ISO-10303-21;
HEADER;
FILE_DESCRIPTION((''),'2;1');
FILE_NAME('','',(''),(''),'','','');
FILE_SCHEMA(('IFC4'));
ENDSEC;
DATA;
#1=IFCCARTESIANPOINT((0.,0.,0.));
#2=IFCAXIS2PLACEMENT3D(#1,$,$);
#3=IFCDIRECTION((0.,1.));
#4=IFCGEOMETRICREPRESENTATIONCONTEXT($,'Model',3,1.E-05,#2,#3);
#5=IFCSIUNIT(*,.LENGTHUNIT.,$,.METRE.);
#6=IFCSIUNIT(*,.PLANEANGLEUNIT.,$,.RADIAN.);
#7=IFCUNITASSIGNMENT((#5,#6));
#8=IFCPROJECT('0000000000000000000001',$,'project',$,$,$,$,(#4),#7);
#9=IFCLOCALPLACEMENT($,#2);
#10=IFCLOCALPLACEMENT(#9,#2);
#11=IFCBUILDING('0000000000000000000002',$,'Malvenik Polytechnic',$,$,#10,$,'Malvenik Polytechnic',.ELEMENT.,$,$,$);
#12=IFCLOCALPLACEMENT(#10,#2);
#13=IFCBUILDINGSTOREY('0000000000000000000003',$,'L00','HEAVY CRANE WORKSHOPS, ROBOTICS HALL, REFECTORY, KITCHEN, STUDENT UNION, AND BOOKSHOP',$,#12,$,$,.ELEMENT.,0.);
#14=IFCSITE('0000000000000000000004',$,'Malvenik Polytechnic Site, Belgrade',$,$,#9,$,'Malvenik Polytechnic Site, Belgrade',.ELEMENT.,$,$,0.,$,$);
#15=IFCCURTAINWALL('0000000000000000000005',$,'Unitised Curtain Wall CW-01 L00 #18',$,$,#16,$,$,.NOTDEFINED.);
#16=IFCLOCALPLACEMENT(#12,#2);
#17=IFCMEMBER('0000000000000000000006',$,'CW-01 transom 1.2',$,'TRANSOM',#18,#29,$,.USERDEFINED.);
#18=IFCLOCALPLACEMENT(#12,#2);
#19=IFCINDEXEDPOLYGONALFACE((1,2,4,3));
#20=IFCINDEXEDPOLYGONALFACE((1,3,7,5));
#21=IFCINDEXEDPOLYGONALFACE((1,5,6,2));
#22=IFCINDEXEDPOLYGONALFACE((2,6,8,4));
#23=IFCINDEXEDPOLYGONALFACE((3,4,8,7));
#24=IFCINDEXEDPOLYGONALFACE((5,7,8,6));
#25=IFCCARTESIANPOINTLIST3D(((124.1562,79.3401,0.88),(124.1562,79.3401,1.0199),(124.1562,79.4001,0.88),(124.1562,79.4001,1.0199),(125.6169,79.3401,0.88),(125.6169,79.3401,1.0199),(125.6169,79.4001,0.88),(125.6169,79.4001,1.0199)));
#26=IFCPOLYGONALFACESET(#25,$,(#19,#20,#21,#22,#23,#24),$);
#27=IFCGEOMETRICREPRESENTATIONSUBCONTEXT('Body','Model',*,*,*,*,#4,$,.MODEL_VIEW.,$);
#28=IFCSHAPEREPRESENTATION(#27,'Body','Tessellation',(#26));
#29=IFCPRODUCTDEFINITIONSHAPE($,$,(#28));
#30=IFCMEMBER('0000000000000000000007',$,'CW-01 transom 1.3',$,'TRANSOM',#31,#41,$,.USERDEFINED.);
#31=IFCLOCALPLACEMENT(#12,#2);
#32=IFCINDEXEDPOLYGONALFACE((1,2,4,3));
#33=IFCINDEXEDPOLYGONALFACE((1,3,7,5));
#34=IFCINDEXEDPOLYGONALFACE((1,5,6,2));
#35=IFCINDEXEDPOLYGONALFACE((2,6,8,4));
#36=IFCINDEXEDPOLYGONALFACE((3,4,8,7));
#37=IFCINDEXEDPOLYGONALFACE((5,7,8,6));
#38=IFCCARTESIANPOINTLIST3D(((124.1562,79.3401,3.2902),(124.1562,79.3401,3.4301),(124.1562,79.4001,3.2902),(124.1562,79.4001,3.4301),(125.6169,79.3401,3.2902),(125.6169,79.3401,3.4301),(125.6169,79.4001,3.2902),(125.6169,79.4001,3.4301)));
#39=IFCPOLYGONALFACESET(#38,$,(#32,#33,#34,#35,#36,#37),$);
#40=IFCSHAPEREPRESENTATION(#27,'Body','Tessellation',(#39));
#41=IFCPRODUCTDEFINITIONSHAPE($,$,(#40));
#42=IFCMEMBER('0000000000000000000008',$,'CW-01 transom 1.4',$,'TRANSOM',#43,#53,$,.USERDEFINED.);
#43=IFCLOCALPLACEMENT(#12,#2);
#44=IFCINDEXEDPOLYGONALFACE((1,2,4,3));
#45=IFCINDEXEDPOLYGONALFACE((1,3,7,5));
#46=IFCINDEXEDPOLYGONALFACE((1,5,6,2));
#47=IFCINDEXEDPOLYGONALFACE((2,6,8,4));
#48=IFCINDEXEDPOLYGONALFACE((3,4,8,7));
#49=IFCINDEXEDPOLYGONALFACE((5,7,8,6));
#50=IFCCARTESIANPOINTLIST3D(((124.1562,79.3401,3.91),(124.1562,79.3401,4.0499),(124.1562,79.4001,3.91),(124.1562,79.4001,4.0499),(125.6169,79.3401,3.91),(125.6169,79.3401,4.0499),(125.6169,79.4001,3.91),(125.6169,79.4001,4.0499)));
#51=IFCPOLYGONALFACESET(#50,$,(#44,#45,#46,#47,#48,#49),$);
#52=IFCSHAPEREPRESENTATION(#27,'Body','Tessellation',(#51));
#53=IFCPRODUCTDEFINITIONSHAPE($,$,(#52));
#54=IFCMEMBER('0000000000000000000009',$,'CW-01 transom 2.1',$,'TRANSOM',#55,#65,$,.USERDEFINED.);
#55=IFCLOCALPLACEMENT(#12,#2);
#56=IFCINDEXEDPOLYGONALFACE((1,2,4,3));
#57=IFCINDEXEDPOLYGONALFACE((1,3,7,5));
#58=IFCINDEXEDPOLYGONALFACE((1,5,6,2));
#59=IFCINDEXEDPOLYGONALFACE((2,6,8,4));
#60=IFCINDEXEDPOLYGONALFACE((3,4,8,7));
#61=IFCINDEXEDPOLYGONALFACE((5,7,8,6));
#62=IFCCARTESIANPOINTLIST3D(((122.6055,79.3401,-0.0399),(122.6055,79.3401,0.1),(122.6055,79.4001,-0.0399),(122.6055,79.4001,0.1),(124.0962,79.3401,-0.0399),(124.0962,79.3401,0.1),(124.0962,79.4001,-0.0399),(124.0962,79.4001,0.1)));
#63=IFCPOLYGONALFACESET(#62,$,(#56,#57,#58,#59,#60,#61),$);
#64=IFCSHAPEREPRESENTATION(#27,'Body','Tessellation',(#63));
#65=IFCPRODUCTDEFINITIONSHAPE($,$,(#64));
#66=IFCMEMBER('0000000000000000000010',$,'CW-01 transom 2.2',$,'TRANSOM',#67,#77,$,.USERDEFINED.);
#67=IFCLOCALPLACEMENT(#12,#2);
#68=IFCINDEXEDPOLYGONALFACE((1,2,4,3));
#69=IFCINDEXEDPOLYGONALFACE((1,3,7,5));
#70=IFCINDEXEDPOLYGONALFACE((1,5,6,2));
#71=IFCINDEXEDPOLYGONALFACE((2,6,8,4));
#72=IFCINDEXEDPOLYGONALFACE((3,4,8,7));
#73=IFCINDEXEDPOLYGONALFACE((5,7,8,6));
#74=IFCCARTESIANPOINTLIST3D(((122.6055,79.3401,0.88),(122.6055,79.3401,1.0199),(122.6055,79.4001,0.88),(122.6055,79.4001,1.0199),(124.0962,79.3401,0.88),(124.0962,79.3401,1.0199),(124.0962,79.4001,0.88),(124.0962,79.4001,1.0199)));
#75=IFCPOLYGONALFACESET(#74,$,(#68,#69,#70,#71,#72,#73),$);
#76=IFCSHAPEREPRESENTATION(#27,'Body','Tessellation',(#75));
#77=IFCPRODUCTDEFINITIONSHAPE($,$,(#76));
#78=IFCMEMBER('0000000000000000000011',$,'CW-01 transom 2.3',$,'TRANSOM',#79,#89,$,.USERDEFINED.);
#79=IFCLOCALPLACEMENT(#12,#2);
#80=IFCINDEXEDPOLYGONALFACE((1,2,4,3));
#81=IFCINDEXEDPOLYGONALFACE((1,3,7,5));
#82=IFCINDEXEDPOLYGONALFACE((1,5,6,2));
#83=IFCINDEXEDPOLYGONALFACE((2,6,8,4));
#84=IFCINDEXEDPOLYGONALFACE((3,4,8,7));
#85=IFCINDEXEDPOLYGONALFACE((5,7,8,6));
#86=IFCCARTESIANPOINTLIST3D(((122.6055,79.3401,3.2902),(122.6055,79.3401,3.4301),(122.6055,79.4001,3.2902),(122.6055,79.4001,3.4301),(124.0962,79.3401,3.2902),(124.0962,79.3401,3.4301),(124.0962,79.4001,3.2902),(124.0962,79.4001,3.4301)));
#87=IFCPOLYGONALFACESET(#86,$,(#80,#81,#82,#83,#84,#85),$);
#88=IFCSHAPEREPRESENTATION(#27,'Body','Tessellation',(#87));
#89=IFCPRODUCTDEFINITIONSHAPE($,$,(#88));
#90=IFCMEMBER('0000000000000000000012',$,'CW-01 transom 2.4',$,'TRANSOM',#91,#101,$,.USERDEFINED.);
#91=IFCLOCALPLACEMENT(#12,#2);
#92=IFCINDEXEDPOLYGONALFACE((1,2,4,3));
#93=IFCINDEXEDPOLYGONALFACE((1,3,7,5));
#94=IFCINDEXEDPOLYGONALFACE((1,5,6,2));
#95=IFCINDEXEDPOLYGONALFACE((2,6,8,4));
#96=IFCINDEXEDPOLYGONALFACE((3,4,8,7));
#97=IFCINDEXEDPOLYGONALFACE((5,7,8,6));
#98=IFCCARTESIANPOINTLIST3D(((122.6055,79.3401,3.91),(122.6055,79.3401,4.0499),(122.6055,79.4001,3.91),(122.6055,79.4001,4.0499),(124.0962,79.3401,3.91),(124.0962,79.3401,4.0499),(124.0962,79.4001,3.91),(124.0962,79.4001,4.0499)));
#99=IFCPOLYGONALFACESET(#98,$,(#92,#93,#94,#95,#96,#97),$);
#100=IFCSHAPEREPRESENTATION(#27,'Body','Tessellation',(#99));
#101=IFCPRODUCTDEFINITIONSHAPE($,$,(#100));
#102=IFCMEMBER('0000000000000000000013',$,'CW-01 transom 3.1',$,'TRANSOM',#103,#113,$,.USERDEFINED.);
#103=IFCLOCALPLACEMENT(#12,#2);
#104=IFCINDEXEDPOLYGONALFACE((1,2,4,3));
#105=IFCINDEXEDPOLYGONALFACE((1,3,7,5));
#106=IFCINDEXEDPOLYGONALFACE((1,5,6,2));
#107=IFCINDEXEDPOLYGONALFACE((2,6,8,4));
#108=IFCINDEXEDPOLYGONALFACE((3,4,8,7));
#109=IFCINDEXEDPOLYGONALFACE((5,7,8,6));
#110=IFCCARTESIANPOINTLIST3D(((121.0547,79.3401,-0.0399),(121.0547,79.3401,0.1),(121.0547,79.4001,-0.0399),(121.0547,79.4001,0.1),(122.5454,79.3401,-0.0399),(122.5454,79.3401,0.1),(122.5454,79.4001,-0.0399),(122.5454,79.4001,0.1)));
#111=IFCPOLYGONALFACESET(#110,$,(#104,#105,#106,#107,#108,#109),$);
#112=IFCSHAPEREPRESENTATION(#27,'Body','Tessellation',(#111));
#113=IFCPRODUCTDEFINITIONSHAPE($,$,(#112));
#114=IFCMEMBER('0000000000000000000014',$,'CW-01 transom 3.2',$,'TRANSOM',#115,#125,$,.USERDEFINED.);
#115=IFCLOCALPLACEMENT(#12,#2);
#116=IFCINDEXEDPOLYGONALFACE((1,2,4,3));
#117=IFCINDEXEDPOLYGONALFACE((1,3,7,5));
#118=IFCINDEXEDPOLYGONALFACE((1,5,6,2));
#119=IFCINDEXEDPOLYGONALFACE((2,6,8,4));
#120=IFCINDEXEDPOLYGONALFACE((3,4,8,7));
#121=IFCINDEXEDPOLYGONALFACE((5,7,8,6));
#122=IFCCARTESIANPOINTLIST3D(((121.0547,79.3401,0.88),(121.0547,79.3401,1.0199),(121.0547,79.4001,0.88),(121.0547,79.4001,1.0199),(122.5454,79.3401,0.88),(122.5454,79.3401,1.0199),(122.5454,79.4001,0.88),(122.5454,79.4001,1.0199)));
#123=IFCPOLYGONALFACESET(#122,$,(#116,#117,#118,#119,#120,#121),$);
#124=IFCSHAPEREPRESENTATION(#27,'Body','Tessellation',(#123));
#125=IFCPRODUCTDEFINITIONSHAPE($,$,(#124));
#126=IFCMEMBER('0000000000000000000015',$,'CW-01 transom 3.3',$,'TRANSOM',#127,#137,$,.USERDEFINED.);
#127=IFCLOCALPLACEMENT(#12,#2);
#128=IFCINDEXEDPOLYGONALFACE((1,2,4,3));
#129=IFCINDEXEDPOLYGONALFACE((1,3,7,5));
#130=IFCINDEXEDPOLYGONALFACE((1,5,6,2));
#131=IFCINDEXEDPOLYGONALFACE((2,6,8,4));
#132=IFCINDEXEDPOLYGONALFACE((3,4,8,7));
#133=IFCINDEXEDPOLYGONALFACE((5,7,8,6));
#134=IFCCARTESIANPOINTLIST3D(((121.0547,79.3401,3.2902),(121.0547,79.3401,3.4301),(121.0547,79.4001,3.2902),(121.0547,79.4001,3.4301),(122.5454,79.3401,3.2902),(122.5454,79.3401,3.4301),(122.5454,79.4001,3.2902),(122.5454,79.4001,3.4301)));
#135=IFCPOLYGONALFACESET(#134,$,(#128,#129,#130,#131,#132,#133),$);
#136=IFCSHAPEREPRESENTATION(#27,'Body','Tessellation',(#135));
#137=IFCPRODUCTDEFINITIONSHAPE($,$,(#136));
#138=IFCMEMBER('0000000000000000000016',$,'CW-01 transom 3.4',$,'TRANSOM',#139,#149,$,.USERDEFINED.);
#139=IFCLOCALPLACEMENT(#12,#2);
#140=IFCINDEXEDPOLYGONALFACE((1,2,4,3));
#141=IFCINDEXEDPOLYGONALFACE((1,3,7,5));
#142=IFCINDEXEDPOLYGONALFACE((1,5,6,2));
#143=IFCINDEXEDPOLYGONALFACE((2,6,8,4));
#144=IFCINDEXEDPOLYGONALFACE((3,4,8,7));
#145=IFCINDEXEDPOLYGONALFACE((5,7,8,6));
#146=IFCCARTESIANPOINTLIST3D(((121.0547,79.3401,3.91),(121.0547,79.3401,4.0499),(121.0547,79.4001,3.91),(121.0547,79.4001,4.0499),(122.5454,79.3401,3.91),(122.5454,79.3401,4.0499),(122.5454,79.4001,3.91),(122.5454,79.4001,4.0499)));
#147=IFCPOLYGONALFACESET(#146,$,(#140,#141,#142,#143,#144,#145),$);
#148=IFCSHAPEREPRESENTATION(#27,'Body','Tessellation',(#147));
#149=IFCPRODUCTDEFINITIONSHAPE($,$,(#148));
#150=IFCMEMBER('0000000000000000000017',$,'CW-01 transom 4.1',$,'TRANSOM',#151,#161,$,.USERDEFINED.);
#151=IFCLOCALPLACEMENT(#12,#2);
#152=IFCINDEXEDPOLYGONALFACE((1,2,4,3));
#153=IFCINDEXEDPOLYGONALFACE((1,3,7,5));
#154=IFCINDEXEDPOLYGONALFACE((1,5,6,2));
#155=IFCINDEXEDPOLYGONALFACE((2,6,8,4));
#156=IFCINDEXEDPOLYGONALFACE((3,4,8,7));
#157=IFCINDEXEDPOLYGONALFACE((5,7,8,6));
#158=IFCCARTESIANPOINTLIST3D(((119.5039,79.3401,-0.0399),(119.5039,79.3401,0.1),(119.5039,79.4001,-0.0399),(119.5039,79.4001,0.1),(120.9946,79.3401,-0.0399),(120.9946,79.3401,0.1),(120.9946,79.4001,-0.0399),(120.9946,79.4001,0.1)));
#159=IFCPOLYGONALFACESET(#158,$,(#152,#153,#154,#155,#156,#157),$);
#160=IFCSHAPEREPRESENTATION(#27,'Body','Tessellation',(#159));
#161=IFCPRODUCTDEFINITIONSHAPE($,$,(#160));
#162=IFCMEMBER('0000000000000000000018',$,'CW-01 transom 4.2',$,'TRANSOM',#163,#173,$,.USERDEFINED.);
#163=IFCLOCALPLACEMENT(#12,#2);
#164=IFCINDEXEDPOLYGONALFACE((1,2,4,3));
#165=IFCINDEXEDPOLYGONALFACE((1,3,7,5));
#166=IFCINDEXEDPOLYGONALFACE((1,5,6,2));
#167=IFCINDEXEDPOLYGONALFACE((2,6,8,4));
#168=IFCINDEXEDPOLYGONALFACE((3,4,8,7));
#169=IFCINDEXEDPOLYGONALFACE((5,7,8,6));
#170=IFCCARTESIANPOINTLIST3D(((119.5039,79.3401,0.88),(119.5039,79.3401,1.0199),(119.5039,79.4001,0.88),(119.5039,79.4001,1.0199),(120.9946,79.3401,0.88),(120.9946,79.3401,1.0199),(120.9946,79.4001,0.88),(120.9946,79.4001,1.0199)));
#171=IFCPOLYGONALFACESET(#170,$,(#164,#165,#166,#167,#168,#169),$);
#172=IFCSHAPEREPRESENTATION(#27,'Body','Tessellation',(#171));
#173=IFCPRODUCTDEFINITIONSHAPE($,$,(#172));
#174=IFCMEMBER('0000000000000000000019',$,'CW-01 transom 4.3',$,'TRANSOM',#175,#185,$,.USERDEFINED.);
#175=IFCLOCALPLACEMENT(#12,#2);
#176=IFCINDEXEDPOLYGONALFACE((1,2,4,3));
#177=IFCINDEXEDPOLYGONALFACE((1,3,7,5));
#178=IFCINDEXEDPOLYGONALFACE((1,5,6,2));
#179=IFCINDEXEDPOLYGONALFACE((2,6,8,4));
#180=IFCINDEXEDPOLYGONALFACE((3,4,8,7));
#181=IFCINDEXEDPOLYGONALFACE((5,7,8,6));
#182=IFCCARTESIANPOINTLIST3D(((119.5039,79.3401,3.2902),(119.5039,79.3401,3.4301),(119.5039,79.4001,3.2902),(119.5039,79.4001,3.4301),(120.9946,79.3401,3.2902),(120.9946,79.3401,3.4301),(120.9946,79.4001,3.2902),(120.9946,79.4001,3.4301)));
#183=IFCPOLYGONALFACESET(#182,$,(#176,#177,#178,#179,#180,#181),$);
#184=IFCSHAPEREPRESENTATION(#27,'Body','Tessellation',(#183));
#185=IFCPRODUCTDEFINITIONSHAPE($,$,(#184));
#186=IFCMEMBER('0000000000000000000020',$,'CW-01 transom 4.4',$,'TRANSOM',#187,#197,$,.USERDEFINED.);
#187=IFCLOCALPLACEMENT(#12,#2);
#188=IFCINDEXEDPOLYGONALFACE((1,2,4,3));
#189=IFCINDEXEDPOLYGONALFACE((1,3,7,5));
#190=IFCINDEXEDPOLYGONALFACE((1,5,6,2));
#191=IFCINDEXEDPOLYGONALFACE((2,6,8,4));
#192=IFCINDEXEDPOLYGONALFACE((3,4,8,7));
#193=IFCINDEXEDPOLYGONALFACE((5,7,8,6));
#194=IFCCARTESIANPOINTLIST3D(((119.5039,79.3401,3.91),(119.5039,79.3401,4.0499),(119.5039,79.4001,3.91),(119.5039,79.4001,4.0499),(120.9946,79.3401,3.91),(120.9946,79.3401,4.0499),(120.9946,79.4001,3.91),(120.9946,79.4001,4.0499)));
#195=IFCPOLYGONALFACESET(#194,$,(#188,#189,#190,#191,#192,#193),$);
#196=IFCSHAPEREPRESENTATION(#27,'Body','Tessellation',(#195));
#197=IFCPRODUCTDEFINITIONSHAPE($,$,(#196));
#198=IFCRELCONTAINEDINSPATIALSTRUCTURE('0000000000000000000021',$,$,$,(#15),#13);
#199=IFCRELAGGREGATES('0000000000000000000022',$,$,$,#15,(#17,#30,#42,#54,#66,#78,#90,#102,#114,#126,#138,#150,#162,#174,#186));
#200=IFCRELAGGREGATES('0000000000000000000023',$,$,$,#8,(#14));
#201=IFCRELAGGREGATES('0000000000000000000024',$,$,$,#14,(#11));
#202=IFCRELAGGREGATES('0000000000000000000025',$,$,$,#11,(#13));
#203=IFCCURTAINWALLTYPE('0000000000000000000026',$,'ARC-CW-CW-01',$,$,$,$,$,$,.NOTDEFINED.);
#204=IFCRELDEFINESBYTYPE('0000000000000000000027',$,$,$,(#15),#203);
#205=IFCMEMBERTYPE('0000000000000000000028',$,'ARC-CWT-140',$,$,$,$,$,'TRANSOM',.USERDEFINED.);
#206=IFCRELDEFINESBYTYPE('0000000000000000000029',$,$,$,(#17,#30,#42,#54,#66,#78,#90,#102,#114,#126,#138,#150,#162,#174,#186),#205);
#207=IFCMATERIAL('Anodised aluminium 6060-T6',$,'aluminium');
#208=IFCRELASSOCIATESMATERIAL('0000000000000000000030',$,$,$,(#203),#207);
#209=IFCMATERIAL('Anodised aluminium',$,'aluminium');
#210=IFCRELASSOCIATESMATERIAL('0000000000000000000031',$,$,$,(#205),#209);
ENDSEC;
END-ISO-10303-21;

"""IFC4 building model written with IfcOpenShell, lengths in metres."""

from ifc_helpers import new_model, si_unit, direction, frame, origin, origin_2d, place, context, subcontext, project, spatial, rectangle, extrude, material, material_profile, profile_set, type_object, element, aggregate, save


model = new_model("IFC4")

# Units and contexts
model_context = context("Model", 3, precision=1e-05, world=origin(), true_north=direction((0.0, 1.0)))
body_context = subcontext(model_context, "Body", "Model", "MODEL_VIEW")
ifc_project = project(units=[si_unit("LENGTHUNIT", "METRE"), si_unit("PLANEANGLEUNIT", "RADIAN")], contexts=[model_context])

# Site, building, storey
site_placement = place(None, origin())
site = spatial("IfcSite", under=ifc_project, at=site_placement, Name="Malvenik Polytechnic Site, Belgrade", LongName="Malvenik Polytechnic Site, Belgrade", CompositionType="ELEMENT", RefElevation=0.0)
building_placement = place(site_placement, origin())
building = spatial("IfcBuilding", under=site, at=building_placement, Name="Malvenik Polytechnic", LongName="Malvenik Polytechnic", CompositionType="ELEMENT")
storey_placement = place(building_placement, origin())
storey = spatial("IfcBuildingStorey", under=building, at=storey_placement, Name="L00", Description="HEAVY CRANE WORKSHOPS, ROBOTICS HALL, REFECTORY, KITCHEN, STUDENT UNION, AND BOOKSHOP", CompositionType="ELEMENT", Elevation=0.0)

# Curtain wall, members
ifc_material_1 = material(Name="Anodised aluminium 6060-T6", Category="aluminium")
curtain_wall_type = type_object("IfcCurtainWallType", Name="ARC-CW-CW-01", PredefinedType="NOTDEFINED", material=ifc_material_1)
curtain_wall_placement = place(storey_placement, origin())
curtain_wall = element("IfcCurtainWall", 1, at=curtain_wall_placement, inside=storey, type_object=curtain_wall_type, Name="Unitised Curtain Wall CW-01 L00 #18", PredefinedType="NOTDEFINED")
ifc_material_2 = material(Name="Anodised aluminium", Category="aluminium")
ifc_material_profile_1 = material_profile(ifc_material_2, rectangle(XDim=0.0601, YDim=0.1399, at=origin_2d()), Name="ALU TRANSOM 60x140")
ifc_profile_set_1 = profile_set([ifc_material_profile_1], Name="Anodised aluminium")
member_type_1 = type_object("IfcMemberType", Name="ARC-CWT-140", ElementType="TRANSOM", PredefinedType="USERDEFINED", material=ifc_profile_set_1)
member_1_placement = place(storey_placement, frame((125.6169, 79.3701, 0.95), z_axis=(-1.0, 0.0, 0.0), x_axis=(0.0, -1.0, 0.0)))
member_1 = element("IfcMember", 2, at=member_1_placement, type_object=member_type_1, Name="CW-01 transom 1.2", ObjectType="TRANSOM", PredefinedType="USERDEFINED", context=body_context, shape_type="SweptSolid", body=[
    extrude(rectangle(XDim=0.0601, YDim=0.1399, at=origin_2d()), origin(), (0.0, 0.0, 1.0), 1.4607),
])
member_2_placement = place(storey_placement, frame((125.6169, 79.3701, 3.3601), z_axis=(-1.0, 0.0, 0.0), x_axis=(0.0, -1.0, 0.0)))
member_2 = element("IfcMember", 3, at=member_2_placement, type_object=member_type_1, Name="CW-01 transom 1.3", ObjectType="TRANSOM", PredefinedType="USERDEFINED", context=body_context, shape_type="SweptSolid", body=[
    extrude(rectangle(XDim=0.0601, YDim=0.1399, at=origin_2d()), origin(), (0.0, 0.0, 1.0), 1.4607),
])
member_3_placement = place(storey_placement, frame((125.6169, 79.3701, 3.98), z_axis=(-1.0, 0.0, 0.0), x_axis=(0.0, -1.0, 0.0)))
member_3 = element("IfcMember", 4, at=member_3_placement, type_object=member_type_1, Name="CW-01 transom 1.4", ObjectType="TRANSOM", PredefinedType="USERDEFINED", context=body_context, shape_type="SweptSolid", body=[
    extrude(rectangle(XDim=0.0601, YDim=0.1399, at=origin_2d()), origin(), (0.0, 0.0, 1.0), 1.4607),
])
member_4_placement = place(storey_placement, frame((124.0962, 79.3701, 0.03), z_axis=(-1.0, 0.0, 0.0), x_axis=(0.0, -1.0, 0.0)))
member_4 = element("IfcMember", 5, at=member_4_placement, type_object=member_type_1, Name="CW-01 transom 2.1", ObjectType="TRANSOM", PredefinedType="USERDEFINED", context=body_context, shape_type="SweptSolid", body=[
    extrude(rectangle(XDim=0.0601, YDim=0.1399, at=origin_2d()), origin(), (0.0, 0.0, 1.0), 1.4907),
])
member_5_placement = place(storey_placement, frame((124.0962, 79.3701, 0.95), z_axis=(-1.0, 0.0, 0.0), x_axis=(0.0, -1.0, 0.0)))
member_5 = element("IfcMember", 6, at=member_5_placement, type_object=member_type_1, Name="CW-01 transom 2.2", ObjectType="TRANSOM", PredefinedType="USERDEFINED", context=body_context, shape_type="SweptSolid", body=[
    extrude(rectangle(XDim=0.0601, YDim=0.1399, at=origin_2d()), origin(), (0.0, 0.0, 1.0), 1.4907),
])
member_6_placement = place(storey_placement, frame((124.0962, 79.3701, 3.3601), z_axis=(-1.0, 0.0, 0.0), x_axis=(0.0, -1.0, 0.0)))
member_6 = element("IfcMember", 7, at=member_6_placement, type_object=member_type_1, Name="CW-01 transom 2.3", ObjectType="TRANSOM", PredefinedType="USERDEFINED", context=body_context, shape_type="SweptSolid", body=[
    extrude(rectangle(XDim=0.0601, YDim=0.1399, at=origin_2d()), origin(), (0.0, 0.0, 1.0), 1.4907),
])
member_7_placement = place(storey_placement, frame((124.0962, 79.3701, 3.98), z_axis=(-1.0, 0.0, 0.0), x_axis=(0.0, -1.0, 0.0)))
member_7 = element("IfcMember", 8, at=member_7_placement, type_object=member_type_1, Name="CW-01 transom 2.4", ObjectType="TRANSOM", PredefinedType="USERDEFINED", context=body_context, shape_type="SweptSolid", body=[
    extrude(rectangle(XDim=0.0601, YDim=0.1399, at=origin_2d()), origin(), (0.0, 0.0, 1.0), 1.4907),
])
member_8_placement = place(storey_placement, frame((122.5454, 79.3701, 0.03), z_axis=(-1.0, 0.0, 0.0), x_axis=(0.0, -1.0, 0.0)))
member_8 = element("IfcMember", 9, at=member_8_placement, type_object=member_type_1, Name="CW-01 transom 3.1", ObjectType="TRANSOM", PredefinedType="USERDEFINED", context=body_context, shape_type="SweptSolid", body=[
    extrude(rectangle(XDim=0.0601, YDim=0.1399, at=origin_2d()), origin(), (0.0, 0.0, 1.0), 1.4907),
])
member_9_placement = place(storey_placement, frame((122.5454, 79.3701, 0.95), z_axis=(-1.0, 0.0, 0.0), x_axis=(0.0, -1.0, 0.0)))
member_9 = element("IfcMember", 10, at=member_9_placement, type_object=member_type_1, Name="CW-01 transom 3.2", ObjectType="TRANSOM", PredefinedType="USERDEFINED", context=body_context, shape_type="SweptSolid", body=[
    extrude(rectangle(XDim=0.0601, YDim=0.1399, at=origin_2d()), origin(), (0.0, 0.0, 1.0), 1.4907),
])
member_10_placement = place(storey_placement, frame((122.5454, 79.3701, 3.3601), z_axis=(-1.0, 0.0, 0.0), x_axis=(0.0, -1.0, 0.0)))
member_10 = element("IfcMember", 11, at=member_10_placement, type_object=member_type_1, Name="CW-01 transom 3.3", ObjectType="TRANSOM", PredefinedType="USERDEFINED", context=body_context, shape_type="SweptSolid", body=[
    extrude(rectangle(XDim=0.0601, YDim=0.1399, at=origin_2d()), origin(), (0.0, 0.0, 1.0), 1.4907),
])
member_11_placement = place(storey_placement, frame((122.5454, 79.3701, 3.98), z_axis=(-1.0, 0.0, 0.0), x_axis=(0.0, -1.0, 0.0)))
member_11 = element("IfcMember", 12, at=member_11_placement, type_object=member_type_1, Name="CW-01 transom 3.4", ObjectType="TRANSOM", PredefinedType="USERDEFINED", context=body_context, shape_type="SweptSolid", body=[
    extrude(rectangle(XDim=0.0601, YDim=0.1399, at=origin_2d()), origin(), (0.0, 0.0, 1.0), 1.4907),
])
member_12_placement = place(storey_placement, frame((120.9946, 79.3701, 0.03), z_axis=(-1.0, 0.0, 0.0), x_axis=(0.0, -1.0, 0.0)))
member_12 = element("IfcMember", 13, at=member_12_placement, type_object=member_type_1, Name="CW-01 transom 4.1", ObjectType="TRANSOM", PredefinedType="USERDEFINED", context=body_context, shape_type="SweptSolid", body=[
    extrude(rectangle(XDim=0.0601, YDim=0.1399, at=origin_2d()), origin(), (0.0, 0.0, 1.0), 1.4907),
])
member_13_placement = place(storey_placement, frame((120.9946, 79.3701, 0.95), z_axis=(-1.0, 0.0, 0.0), x_axis=(0.0, -1.0, 0.0)))
member_13 = element("IfcMember", 14, at=member_13_placement, type_object=member_type_1, Name="CW-01 transom 4.2", ObjectType="TRANSOM", PredefinedType="USERDEFINED", context=body_context, shape_type="SweptSolid", body=[
    extrude(rectangle(XDim=0.0601, YDim=0.1399, at=origin_2d()), origin(), (0.0, 0.0, 1.0), 1.4907),
])
member_14_placement = place(storey_placement, frame((120.9946, 79.3701, 3.3601), z_axis=(-1.0, 0.0, 0.0), x_axis=(0.0, -1.0, 0.0)))
member_14 = element("IfcMember", 15, at=member_14_placement, type_object=member_type_1, Name="CW-01 transom 4.3", ObjectType="TRANSOM", PredefinedType="USERDEFINED", context=body_context, shape_type="SweptSolid", body=[
    extrude(rectangle(XDim=0.0601, YDim=0.1399, at=origin_2d()), origin(), (0.0, 0.0, 1.0), 1.4907),
])
member_15_placement = place(storey_placement, frame((120.9946, 79.3701, 3.98), z_axis=(-1.0, 0.0, 0.0), x_axis=(0.0, -1.0, 0.0)))
member_15 = element("IfcMember", 16, at=member_15_placement, type_object=member_type_1, Name="CW-01 transom 4.4", ObjectType="TRANSOM", PredefinedType="USERDEFINED", context=body_context, shape_type="SweptSolid", body=[
    extrude(rectangle(XDim=0.0601, YDim=0.1399, at=origin_2d()), origin(), (0.0, 0.0, 1.0), 1.4907),
])

aggregate(curtain_wall, [member_1, member_2, member_3, member_4, member_5, member_6, member_7, member_8, member_9, member_10, member_11, member_12, member_13, member_14, member_15])

save(model, "model.ifc")
